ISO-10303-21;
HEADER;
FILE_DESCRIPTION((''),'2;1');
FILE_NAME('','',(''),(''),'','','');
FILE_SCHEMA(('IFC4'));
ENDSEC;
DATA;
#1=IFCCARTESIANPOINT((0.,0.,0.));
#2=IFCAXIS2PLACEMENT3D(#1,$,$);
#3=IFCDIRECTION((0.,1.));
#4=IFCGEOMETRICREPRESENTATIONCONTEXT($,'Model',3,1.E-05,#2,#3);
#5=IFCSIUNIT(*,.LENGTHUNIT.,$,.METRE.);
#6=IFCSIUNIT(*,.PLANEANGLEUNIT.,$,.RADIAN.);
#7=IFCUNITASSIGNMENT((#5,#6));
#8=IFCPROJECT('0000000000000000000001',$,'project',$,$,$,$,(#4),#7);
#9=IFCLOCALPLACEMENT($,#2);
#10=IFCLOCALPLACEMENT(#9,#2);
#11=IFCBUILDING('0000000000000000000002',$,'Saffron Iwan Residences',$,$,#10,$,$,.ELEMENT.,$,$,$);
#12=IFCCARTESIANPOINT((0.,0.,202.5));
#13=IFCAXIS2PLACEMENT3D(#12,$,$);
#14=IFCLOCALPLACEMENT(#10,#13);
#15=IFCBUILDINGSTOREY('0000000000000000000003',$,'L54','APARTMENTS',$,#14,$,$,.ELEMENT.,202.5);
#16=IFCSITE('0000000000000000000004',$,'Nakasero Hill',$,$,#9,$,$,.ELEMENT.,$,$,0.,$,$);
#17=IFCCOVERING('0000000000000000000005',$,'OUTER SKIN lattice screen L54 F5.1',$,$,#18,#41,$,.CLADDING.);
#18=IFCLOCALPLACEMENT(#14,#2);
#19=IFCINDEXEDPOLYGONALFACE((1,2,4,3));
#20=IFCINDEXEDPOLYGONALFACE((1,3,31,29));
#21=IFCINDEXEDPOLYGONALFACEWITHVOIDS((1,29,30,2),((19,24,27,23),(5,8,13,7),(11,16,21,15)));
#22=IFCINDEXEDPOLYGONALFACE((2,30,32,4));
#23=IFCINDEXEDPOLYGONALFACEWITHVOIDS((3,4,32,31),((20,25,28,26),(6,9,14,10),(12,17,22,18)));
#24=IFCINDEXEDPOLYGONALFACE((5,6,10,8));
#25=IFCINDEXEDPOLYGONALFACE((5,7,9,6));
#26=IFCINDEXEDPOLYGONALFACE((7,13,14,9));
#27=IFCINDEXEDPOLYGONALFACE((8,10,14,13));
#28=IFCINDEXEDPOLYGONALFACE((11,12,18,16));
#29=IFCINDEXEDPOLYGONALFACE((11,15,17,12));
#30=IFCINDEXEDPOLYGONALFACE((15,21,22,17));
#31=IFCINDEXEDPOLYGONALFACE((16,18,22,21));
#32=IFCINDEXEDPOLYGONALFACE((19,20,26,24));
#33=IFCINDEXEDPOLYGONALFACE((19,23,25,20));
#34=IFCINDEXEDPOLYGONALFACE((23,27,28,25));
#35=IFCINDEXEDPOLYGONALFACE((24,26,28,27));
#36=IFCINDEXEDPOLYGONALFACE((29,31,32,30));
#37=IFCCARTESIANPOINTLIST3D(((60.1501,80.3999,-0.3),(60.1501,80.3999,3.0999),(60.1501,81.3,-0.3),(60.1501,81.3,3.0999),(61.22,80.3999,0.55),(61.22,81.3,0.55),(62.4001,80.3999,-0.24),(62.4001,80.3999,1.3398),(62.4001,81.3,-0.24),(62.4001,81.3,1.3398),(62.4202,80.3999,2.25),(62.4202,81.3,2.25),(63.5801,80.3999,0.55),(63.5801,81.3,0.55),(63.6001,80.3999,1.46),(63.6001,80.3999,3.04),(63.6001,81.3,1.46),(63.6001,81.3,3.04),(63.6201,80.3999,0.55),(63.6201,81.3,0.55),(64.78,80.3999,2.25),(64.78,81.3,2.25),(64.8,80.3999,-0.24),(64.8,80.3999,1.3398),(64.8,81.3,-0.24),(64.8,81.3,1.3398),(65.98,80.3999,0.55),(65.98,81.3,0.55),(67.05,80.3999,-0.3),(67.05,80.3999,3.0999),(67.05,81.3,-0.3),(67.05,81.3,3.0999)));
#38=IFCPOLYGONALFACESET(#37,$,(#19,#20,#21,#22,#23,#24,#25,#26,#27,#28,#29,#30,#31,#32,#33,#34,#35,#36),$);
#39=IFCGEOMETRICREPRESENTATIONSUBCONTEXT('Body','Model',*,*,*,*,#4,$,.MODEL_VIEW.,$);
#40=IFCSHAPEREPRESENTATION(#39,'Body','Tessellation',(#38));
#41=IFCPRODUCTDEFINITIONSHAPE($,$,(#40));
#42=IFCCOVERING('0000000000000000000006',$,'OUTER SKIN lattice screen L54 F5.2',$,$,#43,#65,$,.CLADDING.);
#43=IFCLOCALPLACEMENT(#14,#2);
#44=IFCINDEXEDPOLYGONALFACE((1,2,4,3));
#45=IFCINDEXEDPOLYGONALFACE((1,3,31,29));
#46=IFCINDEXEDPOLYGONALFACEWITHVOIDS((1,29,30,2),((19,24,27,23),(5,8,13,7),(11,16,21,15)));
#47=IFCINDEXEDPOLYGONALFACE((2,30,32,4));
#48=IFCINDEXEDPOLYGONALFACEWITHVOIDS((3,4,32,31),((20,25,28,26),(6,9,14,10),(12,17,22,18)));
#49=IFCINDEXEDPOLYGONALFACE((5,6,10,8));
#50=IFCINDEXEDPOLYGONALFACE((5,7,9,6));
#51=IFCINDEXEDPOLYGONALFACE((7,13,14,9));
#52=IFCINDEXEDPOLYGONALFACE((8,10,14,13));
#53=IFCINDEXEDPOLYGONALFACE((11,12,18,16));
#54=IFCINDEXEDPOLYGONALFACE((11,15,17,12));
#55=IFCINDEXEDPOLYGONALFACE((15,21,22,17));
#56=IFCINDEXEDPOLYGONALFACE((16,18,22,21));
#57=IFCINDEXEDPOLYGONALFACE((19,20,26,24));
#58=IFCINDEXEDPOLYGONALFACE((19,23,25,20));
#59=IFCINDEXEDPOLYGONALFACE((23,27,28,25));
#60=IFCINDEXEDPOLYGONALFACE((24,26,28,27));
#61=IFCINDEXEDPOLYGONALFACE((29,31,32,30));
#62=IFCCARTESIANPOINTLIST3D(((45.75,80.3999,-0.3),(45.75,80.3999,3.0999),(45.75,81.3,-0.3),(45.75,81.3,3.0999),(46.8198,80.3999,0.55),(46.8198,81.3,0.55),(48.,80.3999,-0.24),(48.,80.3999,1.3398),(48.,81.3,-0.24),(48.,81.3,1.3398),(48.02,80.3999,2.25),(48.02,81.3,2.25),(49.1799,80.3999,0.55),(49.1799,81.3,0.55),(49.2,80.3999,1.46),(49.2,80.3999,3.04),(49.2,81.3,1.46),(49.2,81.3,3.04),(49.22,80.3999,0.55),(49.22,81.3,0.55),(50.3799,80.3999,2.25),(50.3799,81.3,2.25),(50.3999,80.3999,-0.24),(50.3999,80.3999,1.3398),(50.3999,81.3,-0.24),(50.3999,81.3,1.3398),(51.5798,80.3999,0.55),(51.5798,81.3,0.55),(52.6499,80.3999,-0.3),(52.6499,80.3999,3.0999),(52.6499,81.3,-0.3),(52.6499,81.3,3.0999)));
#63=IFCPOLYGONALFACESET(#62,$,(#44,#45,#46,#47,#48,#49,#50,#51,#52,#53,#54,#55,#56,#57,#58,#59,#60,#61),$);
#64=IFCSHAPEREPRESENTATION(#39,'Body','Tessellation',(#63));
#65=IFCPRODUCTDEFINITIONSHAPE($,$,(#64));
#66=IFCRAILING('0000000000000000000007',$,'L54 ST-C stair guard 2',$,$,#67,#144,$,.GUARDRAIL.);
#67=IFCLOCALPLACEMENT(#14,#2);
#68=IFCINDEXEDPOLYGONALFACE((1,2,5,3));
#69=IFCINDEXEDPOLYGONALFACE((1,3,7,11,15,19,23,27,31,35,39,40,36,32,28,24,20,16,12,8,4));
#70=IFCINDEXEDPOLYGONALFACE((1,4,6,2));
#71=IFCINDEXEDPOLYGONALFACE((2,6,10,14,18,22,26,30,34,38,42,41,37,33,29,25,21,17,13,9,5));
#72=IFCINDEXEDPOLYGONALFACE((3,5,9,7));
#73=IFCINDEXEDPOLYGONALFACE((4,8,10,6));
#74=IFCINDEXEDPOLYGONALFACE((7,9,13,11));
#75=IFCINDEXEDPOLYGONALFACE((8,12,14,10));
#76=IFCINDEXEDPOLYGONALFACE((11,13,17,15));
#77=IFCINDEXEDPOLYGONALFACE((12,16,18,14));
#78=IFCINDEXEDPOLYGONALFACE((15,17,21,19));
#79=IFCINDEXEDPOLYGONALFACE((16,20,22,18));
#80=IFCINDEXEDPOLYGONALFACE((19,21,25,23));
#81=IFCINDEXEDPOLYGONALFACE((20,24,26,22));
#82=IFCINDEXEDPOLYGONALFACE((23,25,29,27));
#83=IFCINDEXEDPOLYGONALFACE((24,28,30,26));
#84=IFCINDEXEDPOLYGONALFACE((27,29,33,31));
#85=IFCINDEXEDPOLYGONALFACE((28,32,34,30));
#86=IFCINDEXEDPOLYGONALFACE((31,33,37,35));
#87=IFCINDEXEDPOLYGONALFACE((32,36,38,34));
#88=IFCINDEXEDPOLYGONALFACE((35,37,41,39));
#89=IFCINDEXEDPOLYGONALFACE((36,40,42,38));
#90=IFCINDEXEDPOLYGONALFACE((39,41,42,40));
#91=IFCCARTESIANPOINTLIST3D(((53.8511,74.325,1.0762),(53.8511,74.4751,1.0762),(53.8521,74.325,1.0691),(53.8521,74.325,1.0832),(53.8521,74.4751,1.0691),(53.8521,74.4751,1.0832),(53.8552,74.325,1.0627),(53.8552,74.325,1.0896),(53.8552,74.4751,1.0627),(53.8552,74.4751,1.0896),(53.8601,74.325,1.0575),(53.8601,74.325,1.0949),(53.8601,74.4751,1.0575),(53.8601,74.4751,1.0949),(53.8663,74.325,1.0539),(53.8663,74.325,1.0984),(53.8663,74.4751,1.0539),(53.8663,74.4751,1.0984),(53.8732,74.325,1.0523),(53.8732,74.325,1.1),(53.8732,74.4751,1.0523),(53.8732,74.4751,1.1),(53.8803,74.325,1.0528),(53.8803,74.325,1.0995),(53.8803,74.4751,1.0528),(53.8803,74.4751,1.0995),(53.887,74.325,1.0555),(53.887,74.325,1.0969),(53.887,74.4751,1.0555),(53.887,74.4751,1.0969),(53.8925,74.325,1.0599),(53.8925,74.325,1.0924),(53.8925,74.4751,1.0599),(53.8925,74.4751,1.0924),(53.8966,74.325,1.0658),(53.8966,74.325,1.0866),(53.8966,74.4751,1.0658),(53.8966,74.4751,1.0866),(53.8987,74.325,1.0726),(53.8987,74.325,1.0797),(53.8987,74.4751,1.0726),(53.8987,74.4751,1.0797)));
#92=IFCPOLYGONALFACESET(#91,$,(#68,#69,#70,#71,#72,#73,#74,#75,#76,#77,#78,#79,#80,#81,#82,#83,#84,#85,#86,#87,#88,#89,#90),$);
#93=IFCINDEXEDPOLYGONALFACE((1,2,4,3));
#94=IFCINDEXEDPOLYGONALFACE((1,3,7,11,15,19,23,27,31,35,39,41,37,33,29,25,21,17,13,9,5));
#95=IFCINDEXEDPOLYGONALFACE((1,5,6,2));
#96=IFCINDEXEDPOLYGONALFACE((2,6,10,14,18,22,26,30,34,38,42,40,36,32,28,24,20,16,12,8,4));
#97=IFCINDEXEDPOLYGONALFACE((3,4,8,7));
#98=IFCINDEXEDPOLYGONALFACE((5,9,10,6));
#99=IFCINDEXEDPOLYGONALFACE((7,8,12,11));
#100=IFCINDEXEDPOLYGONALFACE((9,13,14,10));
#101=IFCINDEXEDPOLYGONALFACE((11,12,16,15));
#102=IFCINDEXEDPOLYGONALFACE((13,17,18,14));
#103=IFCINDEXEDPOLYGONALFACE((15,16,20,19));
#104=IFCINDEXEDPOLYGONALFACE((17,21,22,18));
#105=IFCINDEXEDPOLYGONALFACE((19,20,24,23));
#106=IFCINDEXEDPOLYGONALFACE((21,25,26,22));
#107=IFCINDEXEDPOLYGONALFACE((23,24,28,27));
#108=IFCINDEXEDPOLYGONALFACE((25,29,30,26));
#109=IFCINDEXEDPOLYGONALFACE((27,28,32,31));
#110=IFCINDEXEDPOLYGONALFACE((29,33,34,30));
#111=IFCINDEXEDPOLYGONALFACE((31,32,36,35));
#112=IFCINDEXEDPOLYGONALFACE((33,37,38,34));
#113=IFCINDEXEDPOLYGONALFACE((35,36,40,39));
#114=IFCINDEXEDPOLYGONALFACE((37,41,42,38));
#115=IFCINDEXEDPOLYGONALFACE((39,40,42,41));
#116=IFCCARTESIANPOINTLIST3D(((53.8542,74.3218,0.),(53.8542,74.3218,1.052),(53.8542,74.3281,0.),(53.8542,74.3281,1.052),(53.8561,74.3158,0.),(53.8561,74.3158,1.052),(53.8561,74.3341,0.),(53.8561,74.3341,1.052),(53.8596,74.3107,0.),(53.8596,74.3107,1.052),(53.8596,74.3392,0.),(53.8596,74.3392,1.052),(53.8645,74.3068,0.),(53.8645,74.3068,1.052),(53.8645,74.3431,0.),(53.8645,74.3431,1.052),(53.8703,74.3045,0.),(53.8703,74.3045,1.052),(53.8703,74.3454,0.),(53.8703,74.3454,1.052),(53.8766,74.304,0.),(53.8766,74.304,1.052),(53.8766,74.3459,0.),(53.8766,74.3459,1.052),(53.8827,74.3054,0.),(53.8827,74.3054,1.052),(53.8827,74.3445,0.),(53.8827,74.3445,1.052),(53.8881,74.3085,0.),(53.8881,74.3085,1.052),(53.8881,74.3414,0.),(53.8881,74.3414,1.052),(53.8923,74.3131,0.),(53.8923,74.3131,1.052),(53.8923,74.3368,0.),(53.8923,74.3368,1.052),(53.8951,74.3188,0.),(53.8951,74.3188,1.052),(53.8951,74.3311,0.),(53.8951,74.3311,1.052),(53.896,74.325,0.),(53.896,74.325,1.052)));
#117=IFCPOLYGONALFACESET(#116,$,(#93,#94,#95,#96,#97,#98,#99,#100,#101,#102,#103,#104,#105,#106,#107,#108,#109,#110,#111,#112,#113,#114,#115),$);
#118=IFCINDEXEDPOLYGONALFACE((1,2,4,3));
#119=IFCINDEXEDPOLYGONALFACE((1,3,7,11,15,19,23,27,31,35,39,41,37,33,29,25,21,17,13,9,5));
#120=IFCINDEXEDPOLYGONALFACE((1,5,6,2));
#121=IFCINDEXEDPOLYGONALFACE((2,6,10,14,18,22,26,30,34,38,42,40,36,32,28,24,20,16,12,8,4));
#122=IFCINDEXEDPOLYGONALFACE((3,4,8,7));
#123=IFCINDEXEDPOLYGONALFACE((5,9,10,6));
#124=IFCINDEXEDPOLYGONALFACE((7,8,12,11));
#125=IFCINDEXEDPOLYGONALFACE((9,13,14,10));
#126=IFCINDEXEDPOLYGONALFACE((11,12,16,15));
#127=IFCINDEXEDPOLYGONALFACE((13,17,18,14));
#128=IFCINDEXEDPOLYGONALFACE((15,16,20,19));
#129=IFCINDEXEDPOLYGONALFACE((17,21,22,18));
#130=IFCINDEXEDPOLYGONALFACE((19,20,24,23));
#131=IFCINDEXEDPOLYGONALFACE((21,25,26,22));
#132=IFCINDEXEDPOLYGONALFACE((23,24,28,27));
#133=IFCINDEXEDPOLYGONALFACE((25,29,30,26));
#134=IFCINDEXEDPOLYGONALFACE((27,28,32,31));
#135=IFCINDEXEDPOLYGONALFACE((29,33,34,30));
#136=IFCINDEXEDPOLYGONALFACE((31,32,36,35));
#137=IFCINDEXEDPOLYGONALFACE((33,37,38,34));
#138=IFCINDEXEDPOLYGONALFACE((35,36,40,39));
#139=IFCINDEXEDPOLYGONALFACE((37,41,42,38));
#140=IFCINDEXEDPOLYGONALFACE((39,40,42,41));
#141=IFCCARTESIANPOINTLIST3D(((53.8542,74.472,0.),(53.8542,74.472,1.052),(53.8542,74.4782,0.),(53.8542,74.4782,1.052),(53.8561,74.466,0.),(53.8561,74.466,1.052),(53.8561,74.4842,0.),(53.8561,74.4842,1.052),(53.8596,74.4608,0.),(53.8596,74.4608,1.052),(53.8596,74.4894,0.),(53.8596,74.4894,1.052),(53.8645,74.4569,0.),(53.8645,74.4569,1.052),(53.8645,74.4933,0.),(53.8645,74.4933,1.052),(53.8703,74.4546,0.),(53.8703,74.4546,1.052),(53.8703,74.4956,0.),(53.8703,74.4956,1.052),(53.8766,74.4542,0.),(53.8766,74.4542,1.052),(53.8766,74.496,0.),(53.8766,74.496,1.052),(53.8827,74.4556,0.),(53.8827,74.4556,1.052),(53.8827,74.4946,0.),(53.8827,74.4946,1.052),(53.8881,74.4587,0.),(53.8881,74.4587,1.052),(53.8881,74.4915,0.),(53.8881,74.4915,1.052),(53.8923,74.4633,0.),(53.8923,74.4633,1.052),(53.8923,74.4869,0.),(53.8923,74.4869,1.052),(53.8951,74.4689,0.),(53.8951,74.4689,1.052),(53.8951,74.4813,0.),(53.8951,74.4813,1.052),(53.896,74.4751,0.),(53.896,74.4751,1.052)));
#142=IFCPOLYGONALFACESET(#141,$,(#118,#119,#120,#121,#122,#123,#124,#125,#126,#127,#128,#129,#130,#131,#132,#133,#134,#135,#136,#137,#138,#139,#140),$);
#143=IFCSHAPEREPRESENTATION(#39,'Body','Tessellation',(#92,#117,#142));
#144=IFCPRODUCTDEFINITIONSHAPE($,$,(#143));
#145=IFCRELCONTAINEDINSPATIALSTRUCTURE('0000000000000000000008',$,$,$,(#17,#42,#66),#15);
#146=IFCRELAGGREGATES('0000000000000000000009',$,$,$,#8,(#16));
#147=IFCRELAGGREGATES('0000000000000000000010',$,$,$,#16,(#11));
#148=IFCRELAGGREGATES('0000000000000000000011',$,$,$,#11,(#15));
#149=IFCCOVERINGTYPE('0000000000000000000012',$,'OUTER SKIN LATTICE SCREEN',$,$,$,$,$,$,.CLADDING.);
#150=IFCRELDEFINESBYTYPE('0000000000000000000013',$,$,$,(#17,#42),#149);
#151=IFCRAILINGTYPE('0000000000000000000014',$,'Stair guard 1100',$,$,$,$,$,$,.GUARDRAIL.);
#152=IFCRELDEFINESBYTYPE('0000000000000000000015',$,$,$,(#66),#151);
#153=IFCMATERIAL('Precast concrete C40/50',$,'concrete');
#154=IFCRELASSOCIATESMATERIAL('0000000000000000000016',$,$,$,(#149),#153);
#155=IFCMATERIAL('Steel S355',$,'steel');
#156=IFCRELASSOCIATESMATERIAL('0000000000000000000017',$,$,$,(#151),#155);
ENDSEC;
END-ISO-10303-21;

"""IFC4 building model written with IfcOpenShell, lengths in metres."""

from ifc_helpers import new_model, si_unit, direction, frame, origin, origin_2d, place, context, subcontext, project, spatial, polyline, circle, outline, extrude, material, type_object, element, save


model = new_model("IFC4")

# Units and contexts
model_context = context("Model", 3, precision=1e-05, world=origin(), true_north=direction((0.0, 1.0)))
body_context = subcontext(model_context, "Body", "Model", "MODEL_VIEW")
ifc_project = project(units=[si_unit("LENGTHUNIT", "METRE"), si_unit("PLANEANGLEUNIT", "RADIAN")], contexts=[model_context])

# Site, building, storey
site_placement = place(None, origin())
site = spatial("IfcSite", under=ifc_project, at=site_placement, Name="Nakasero Hill", CompositionType="ELEMENT", RefElevation=0.0)
building_placement = place(site_placement, origin())
building = spatial("IfcBuilding", under=site, at=building_placement, Name="Saffron Iwan Residences", CompositionType="ELEMENT")
storey_placement = place(building_placement, frame((0.0, 0.0, 202.5)))
storey = spatial("IfcBuildingStorey", under=building, at=storey_placement, Name="L54", Description="APARTMENTS", CompositionType="ELEMENT", Elevation=202.5)

# Coverings
ifc_material_1 = material(Name="Precast concrete C40/50", Category="concrete")
covering_type_1 = type_object("IfcCoveringType", Name="OUTER SKIN LATTICE SCREEN", PredefinedType="CLADDING", material=ifc_material_1)
for number, where, z_axis, x_axis, name in (
    (1, (67.05, 80.3999, -0.3), (0.0, 1.0, 0.0), (-1.0, 0.0, 0.0), "OUTER SKIN lattice screen L54 F5.1"),
    (2, (52.6499, 80.3999, -0.3), (0.0, 1.0, 0.0), (-1.0, 0.0, 0.0), "OUTER SKIN lattice screen L54 F5.2"),
):
    element("IfcCovering", number, at=place(storey_placement, frame(where, z_axis=z_axis, x_axis=x_axis)), inside=storey, type_object=covering_type_1, Name=name, PredefinedType="CLADDING", context=body_context, shape_type="SweptSolid", body=[
        extrude(outline(polyline([(0.0, 0.0), (6.8999, 0.0), (6.8999, 3.3999), (0.0, 3.3999), (0.0, 0.0)]), holes=[polyline([(1.0701, 0.8501), (2.25, 0.0601), (3.4299, 0.8501), (2.25, 1.6399), (1.0701, 0.8501)]), polyline([(3.47, 0.8501), (4.6499, 0.0601), (5.8301, 0.8501), (4.6499, 1.6399), (3.47, 0.8501)]), polyline([(2.27, 2.55), (3.45, 1.76), (4.6299, 2.55), (3.45, 3.3401), (2.27, 2.55)])]), origin(), (0.0, 0.0, 1.0), 0.9001),
    ])

# Railing
ifc_material_2 = material(Name="Steel S355", Category="steel")
railing_type_1 = type_object("IfcRailingType", Name="Stair guard 1100", PredefinedType="GUARDRAIL", material=ifc_material_2)
railing_1_placement = place(storey_placement, frame((53.875, 74.325, 0.0)))
element("IfcRailing", 3, at=railing_1_placement, inside=storey, type_object=railing_type_1, Name="L54 ST-C stair guard 2", PredefinedType="GUARDRAIL", context=body_context, shape_type="SweptSolid", body=[
    extrude(circle(Radius=0.0239, at=origin_2d()), frame((0.0, 0.0, 1.0762), z_axis=(0.0, 1.0, 0.0), x_axis=(-1.0, 0.0, 0.0)), (0.0, 0.0, 1.0), 0.1501),
    extrude(circle(Radius=0.021, at=origin_2d()), origin(), (0.0, 0.0, 1.0), 1.052),
    extrude(circle(Radius=0.021, at=origin_2d()), frame((0.0, 0.1501, 0.0)), (0.0, 0.0, 1.0), 1.052),
])

save(model, "model.ifc")
